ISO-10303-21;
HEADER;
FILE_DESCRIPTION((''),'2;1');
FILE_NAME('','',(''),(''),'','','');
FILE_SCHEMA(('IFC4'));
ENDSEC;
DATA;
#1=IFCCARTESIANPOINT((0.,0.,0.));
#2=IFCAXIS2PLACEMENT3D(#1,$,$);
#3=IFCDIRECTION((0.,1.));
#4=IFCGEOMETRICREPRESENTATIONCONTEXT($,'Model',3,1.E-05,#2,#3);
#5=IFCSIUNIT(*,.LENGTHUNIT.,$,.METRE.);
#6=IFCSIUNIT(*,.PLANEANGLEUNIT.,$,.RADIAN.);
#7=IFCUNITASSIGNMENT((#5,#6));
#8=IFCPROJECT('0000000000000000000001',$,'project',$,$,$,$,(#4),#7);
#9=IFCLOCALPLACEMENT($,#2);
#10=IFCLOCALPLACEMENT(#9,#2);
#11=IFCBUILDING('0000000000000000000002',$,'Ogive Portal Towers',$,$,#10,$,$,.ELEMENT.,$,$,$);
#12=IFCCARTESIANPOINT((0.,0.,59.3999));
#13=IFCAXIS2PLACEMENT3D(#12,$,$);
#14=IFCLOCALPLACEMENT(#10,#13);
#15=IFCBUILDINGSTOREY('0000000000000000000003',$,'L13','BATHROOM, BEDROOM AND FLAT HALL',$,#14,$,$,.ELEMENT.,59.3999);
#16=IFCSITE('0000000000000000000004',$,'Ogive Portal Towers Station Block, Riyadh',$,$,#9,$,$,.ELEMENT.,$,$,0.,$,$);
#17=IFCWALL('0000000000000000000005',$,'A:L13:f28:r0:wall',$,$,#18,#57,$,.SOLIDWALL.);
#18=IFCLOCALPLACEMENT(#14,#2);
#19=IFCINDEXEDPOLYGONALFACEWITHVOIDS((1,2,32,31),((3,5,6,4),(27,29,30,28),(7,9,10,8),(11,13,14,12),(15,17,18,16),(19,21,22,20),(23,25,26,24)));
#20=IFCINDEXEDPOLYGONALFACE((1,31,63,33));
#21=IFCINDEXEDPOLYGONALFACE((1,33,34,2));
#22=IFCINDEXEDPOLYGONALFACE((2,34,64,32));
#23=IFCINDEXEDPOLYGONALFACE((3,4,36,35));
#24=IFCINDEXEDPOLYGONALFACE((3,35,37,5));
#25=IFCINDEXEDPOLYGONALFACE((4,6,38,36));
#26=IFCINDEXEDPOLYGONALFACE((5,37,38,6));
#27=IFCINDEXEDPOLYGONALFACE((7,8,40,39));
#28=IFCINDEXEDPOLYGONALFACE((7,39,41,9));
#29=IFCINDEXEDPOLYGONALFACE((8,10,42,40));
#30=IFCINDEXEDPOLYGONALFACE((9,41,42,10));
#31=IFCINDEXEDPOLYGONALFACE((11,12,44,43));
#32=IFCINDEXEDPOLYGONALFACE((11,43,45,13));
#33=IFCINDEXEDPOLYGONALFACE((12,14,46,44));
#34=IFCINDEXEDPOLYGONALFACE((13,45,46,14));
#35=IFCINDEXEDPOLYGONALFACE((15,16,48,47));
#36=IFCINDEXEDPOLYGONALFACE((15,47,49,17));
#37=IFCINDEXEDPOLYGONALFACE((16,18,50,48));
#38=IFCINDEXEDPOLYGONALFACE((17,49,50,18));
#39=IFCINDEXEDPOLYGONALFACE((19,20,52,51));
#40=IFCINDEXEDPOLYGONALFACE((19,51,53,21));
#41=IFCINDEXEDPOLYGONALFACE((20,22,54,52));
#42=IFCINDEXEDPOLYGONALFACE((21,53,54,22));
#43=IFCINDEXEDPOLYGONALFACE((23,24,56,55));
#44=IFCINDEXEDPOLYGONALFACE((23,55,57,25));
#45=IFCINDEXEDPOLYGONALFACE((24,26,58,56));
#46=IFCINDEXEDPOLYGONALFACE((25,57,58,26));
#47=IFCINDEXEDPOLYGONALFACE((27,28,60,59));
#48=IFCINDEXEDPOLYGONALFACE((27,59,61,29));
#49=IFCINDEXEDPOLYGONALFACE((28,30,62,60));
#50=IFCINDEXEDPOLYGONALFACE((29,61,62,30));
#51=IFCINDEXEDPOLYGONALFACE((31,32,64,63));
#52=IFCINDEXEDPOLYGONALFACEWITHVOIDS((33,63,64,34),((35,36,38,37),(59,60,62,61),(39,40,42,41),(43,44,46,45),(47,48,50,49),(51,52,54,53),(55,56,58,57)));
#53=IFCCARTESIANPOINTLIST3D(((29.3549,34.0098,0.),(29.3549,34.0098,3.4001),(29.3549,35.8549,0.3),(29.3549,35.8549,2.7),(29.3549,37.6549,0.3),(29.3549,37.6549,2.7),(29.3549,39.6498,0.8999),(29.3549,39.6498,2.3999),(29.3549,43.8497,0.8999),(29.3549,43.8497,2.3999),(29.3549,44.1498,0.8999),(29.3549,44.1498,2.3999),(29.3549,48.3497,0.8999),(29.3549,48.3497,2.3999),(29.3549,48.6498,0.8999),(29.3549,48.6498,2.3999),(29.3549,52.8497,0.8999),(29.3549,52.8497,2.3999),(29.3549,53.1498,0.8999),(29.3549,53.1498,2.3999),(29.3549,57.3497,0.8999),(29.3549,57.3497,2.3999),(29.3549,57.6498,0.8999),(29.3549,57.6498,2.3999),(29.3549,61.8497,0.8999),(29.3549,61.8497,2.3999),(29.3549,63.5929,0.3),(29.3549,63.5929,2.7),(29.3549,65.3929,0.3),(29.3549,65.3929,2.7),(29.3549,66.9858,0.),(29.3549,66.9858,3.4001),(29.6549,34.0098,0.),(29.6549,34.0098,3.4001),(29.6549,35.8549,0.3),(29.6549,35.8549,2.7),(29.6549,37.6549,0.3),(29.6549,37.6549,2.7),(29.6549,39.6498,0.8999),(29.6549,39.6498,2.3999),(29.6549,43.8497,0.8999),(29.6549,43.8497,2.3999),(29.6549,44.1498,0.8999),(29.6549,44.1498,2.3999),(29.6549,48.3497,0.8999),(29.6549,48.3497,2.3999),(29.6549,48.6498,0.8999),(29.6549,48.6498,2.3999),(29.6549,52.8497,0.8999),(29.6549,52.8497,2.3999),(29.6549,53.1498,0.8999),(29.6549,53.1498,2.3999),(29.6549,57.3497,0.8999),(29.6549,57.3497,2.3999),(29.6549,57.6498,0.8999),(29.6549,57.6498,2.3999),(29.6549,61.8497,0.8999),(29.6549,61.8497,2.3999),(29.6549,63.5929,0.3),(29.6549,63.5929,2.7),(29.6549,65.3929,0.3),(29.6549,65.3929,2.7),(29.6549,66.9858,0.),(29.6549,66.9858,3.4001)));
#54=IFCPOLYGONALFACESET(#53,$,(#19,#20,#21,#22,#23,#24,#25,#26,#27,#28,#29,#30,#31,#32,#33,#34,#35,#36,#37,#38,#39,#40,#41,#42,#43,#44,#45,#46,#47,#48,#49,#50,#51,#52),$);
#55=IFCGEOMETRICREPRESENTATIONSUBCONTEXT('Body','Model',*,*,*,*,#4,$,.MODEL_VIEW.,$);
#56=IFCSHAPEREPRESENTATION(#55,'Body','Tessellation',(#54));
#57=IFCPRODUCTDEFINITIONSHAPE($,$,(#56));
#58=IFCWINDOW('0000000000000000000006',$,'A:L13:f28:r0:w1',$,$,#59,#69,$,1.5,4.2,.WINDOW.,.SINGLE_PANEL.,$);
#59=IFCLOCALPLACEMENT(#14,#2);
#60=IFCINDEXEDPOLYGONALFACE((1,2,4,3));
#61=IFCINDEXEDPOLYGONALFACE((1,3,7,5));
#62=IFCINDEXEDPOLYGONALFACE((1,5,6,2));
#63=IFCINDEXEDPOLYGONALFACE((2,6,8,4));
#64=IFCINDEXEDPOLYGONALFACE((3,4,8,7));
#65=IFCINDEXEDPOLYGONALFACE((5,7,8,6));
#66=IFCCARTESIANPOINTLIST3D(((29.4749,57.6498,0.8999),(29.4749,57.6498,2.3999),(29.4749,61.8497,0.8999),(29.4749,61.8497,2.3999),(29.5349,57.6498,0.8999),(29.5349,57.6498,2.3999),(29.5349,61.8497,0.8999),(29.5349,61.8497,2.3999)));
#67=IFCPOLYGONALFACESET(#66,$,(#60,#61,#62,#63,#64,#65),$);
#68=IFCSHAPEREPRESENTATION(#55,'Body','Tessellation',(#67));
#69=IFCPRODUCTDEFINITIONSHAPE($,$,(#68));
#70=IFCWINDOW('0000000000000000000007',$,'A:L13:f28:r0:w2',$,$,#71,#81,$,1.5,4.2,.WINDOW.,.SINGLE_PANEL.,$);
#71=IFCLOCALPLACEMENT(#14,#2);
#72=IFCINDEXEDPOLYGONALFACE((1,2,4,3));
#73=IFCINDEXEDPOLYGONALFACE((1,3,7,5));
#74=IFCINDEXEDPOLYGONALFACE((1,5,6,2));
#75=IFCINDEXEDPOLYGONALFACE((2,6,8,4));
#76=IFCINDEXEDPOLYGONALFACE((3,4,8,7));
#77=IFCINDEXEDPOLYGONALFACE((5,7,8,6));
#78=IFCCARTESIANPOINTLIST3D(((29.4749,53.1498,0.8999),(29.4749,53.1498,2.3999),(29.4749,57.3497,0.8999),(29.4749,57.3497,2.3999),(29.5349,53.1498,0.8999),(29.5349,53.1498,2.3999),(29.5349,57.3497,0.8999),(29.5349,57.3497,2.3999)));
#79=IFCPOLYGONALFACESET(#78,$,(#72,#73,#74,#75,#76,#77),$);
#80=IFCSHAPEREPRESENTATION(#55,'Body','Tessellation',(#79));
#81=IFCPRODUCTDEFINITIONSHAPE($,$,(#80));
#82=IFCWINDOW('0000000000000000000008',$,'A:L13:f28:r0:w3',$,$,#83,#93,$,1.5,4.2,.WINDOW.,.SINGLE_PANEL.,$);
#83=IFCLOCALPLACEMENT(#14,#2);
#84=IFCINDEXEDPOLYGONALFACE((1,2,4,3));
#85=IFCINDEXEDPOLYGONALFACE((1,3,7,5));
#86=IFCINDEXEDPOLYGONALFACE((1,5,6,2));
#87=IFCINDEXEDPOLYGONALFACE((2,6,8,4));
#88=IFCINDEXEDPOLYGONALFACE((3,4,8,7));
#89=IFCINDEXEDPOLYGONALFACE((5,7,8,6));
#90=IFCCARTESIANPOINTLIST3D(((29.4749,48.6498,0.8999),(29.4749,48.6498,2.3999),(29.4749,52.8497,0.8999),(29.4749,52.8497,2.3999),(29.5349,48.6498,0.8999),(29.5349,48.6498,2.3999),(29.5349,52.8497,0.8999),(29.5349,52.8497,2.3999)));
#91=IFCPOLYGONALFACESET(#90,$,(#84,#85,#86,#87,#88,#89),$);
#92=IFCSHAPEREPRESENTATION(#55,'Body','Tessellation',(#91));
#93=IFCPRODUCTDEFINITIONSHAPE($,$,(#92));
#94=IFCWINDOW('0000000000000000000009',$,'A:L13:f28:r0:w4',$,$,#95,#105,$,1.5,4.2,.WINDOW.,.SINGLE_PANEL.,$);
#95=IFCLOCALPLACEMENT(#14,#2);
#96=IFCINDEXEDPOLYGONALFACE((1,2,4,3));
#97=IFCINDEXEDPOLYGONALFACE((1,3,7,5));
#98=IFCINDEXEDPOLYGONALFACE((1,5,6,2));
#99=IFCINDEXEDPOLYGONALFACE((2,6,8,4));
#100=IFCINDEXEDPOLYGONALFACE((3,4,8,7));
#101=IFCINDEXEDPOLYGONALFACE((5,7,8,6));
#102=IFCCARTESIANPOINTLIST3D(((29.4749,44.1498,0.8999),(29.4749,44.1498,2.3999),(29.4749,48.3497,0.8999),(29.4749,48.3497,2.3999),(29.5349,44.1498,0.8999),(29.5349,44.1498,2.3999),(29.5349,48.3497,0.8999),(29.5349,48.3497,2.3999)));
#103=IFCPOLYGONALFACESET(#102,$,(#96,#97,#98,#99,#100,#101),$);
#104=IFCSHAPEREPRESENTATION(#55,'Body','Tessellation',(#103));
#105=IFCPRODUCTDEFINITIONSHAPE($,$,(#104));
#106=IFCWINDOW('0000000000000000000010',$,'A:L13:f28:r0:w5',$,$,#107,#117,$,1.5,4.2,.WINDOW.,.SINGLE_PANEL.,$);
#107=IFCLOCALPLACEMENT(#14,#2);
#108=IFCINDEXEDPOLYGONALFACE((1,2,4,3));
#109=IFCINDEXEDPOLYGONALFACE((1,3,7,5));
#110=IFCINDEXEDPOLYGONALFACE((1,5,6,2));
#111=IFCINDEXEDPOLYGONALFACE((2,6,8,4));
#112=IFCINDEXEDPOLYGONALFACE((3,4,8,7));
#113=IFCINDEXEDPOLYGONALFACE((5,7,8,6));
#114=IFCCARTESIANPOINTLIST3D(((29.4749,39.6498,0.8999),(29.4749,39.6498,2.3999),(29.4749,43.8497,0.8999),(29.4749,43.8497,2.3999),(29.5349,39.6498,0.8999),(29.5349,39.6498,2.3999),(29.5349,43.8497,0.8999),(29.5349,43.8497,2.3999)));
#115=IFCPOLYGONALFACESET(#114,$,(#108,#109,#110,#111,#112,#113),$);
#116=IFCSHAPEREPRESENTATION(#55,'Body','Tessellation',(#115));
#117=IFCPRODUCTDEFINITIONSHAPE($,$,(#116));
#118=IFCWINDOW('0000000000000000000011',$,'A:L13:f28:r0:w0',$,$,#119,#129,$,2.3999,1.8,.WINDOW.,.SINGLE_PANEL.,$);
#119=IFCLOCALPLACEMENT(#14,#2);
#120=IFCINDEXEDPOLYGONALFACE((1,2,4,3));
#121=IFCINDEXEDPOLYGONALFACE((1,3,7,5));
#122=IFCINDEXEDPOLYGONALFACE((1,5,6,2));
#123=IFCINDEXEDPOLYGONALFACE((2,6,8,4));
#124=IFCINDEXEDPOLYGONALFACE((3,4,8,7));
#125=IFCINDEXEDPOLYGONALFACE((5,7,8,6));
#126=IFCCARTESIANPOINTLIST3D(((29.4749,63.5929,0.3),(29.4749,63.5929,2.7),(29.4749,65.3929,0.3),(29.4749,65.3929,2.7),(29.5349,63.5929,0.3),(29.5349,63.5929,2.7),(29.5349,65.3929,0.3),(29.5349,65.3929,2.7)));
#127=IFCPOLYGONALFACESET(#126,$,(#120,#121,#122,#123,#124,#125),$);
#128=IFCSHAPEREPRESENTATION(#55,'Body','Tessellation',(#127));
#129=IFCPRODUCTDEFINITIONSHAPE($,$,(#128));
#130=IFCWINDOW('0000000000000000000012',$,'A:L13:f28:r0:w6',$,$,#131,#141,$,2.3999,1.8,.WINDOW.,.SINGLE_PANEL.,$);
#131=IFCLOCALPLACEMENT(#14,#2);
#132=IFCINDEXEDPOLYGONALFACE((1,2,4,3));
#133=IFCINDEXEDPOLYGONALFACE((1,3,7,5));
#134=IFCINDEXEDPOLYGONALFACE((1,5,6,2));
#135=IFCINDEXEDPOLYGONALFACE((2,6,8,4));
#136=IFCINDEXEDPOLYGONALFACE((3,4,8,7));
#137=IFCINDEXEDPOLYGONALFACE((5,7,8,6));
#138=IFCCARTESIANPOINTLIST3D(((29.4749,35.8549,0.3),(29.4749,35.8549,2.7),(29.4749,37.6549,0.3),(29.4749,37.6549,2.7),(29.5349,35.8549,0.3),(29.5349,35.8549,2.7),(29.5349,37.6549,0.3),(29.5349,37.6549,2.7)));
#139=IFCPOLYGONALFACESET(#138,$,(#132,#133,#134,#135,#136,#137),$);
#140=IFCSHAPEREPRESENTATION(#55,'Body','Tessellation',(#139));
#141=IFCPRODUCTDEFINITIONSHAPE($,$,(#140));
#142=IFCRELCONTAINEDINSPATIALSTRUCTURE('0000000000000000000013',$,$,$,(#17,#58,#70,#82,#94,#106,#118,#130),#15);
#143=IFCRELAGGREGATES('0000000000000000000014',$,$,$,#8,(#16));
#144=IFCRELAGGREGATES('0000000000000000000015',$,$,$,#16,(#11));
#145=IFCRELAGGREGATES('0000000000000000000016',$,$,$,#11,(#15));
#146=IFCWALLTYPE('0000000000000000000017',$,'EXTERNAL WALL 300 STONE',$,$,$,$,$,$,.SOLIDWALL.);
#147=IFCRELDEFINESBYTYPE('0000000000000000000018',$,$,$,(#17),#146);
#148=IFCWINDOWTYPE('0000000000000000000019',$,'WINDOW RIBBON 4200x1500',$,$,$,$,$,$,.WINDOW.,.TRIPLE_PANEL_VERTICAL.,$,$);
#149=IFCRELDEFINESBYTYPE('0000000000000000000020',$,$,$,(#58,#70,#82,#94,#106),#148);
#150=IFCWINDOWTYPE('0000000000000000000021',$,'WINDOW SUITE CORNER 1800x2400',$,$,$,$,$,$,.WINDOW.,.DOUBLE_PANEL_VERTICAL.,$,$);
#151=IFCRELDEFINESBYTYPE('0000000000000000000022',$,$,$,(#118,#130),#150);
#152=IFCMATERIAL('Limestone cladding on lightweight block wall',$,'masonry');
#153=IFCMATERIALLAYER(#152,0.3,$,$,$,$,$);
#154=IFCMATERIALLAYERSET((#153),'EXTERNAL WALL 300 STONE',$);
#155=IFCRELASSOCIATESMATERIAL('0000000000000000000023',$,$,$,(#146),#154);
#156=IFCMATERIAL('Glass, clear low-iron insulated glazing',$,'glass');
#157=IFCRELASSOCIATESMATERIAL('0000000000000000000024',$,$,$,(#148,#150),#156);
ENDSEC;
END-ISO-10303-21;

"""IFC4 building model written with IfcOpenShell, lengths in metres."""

from ifc_helpers import new_model, si_unit, direction, frame, frame_2d, origin, place, context, subcontext, project, spatial, rectangle, extrude, material, layer, layer_set, type_object, element, fill, save


model = new_model("IFC4")

# Units and contexts
model_context = context("Model", 3, precision=1e-05, world=origin(), true_north=direction((0.0, 1.0)))
body_context = subcontext(model_context, "Body", "Model", "MODEL_VIEW")
ifc_project = project(units=[si_unit("LENGTHUNIT", "METRE"), si_unit("PLANEANGLEUNIT", "RADIAN")], contexts=[model_context])

# Site, building, storey
site_placement = place(None, origin())
site = spatial("IfcSite", under=ifc_project, at=site_placement, Name="Ogive Portal Towers Station Block, Riyadh", CompositionType="ELEMENT", RefElevation=0.0)
building_placement = place(site_placement, origin())
building = spatial("IfcBuilding", under=site, at=building_placement, Name="Ogive Portal Towers", CompositionType="ELEMENT")
storey_placement = place(building_placement, frame((0.0, 0.0, 59.3999)))
storey = spatial("IfcBuildingStorey", under=building, at=storey_placement, Name="L13", Description="BATHROOM, BEDROOM AND FLAT HALL", CompositionType="ELEMENT", Elevation=59.3999)

# Shared definitions
ifc_material_1 = material(Name="Glass, clear low-iron insulated glazing", Category="glass")

# Wall, openings, windows
ifc_material_2 = material(Name="Limestone cladding on lightweight block wall", Category="masonry")
ifc_layer_1 = layer(ifc_material_2, 0.3)
ifc_layer_set_1 = layer_set([ifc_layer_1], Name="EXTERNAL WALL 300 STONE")
wall_type_1 = type_object("IfcWallType", Name="EXTERNAL WALL 300 STONE", PredefinedType="SOLIDWALL", material=ifc_layer_set_1)
wall_1_placement = place(storey_placement, frame((29.5049, 66.9858, 0.0), z_axis=(0.0, 0.0, 1.0), x_axis=(0.0, -1.0, 0.0)))
wall_1 = element("IfcWall", 1, at=wall_1_placement, inside=storey, type_object=wall_type_1, Name="A:L13:f28:r0:wall", PredefinedType="SOLIDWALL", context=body_context, shape_type="SweptSolid", body=[
    extrude(rectangle(XDim=32.9761, YDim=0.3, at=frame_2d((16.488, 0.0))), origin(), (0.0, 0.0, 1.0), 3.4001),
])
opening_1_placement = place(wall_1_placement, frame((1.593, 0.0, 0.3)))
opening_1 = element("IfcOpeningElement", 2, at=opening_1_placement, cuts=wall_1, PredefinedType="OPENING", context=body_context, shape_type="SweptSolid", body=[
    extrude(rectangle(XDim=1.8, YDim=2.3999, at=frame_2d((0.8999, 1.2))), frame((0.0, 0.1602, 0.0), z_axis=(0.0, -1.0, 0.0), x_axis=(1.0, 0.0, 0.0)), (0.0, 0.0, 1.0), 0.3201),
])
opening_2_placement = place(wall_1_placement, frame((5.136, 0.0, 0.8999)))
opening_2 = element("IfcOpeningElement", 3, at=opening_2_placement, cuts=wall_1, PredefinedType="OPENING", context=body_context, shape_type="SweptSolid", body=[
    extrude(rectangle(XDim=4.2, YDim=1.5, at=frame_2d((2.1001, 0.75))), frame((0.0, 0.1602, 0.0), z_axis=(0.0, -1.0, 0.0), x_axis=(1.0, 0.0, 0.0)), (0.0, 0.0, 1.0), 0.3201),
])
opening_3_placement = place(wall_1_placement, frame((9.636, 0.0, 0.8999)))
opening_3 = element("IfcOpeningElement", 4, at=opening_3_placement, cuts=wall_1, PredefinedType="OPENING", context=body_context, shape_type="SweptSolid", body=[
    extrude(rectangle(XDim=4.2, YDim=1.5, at=frame_2d((2.1001, 0.75))), frame((0.0, 0.1602, 0.0), z_axis=(0.0, -1.0, 0.0), x_axis=(1.0, 0.0, 0.0)), (0.0, 0.0, 1.0), 0.3201),
])
opening_4_placement = place(wall_1_placement, frame((14.136, 0.0, 0.8999)))
opening_4 = element("IfcOpeningElement", 5, at=opening_4_placement, cuts=wall_1, PredefinedType="OPENING", context=body_context, shape_type="SweptSolid", body=[
    extrude(rectangle(XDim=4.2, YDim=1.5, at=frame_2d((2.1001, 0.75))), frame((0.0, 0.1602, 0.0), z_axis=(0.0, -1.0, 0.0), x_axis=(1.0, 0.0, 0.0)), (0.0, 0.0, 1.0), 0.3201),
])
opening_5_placement = place(wall_1_placement, frame((18.636, 0.0, 0.8999)))
opening_5 = element("IfcOpeningElement", 6, at=opening_5_placement, cuts=wall_1, PredefinedType="OPENING", context=body_context, shape_type="SweptSolid", body=[
    extrude(rectangle(XDim=4.2, YDim=1.5, at=frame_2d((2.1001, 0.75))), frame((0.0, 0.1602, 0.0), z_axis=(0.0, -1.0, 0.0), x_axis=(1.0, 0.0, 0.0)), (0.0, 0.0, 1.0), 0.3201),
])
opening_6_placement = place(wall_1_placement, frame((23.136, 0.0, 0.8999)))
opening_6 = element("IfcOpeningElement", 7, at=opening_6_placement, cuts=wall_1, PredefinedType="OPENING", context=body_context, shape_type="SweptSolid", body=[
    extrude(rectangle(XDim=4.2, YDim=1.5, at=frame_2d((2.1001, 0.75))), frame((0.0, 0.1602, 0.0), z_axis=(0.0, -1.0, 0.0), x_axis=(1.0, 0.0, 0.0)), (0.0, 0.0, 1.0), 0.3201),
])
opening_7_placement = place(wall_1_placement, frame((29.3311, 0.0, 0.3)))
opening_7 = element("IfcOpeningElement", 8, at=opening_7_placement, cuts=wall_1, PredefinedType="OPENING", context=body_context, shape_type="SweptSolid", body=[
    extrude(rectangle(XDim=1.8, YDim=2.3999, at=frame_2d((0.8999, 1.2))), frame((0.0, 0.1602, 0.0), z_axis=(0.0, -1.0, 0.0), x_axis=(1.0, 0.0, 0.0)), (0.0, 0.0, 1.0), 0.3201),
])
window_type_1 = type_object("IfcWindowType", Name="WINDOW RIBBON 4200x1500", PartitioningType="TRIPLE_PANEL_VERTICAL", PredefinedType="WINDOW", material=ifc_material_1)
window_1_placement = place(opening_2_placement, origin())
window_1 = element("IfcWindow", 9, at=window_1_placement, inside=storey, type_object=window_type_1, Name="A:L13:f28:r0:w1", OverallHeight=1.5, OverallWidth=4.2, PartitioningType="SINGLE_PANEL", PredefinedType="WINDOW", context=body_context, shape_type="SweptSolid", body=[
    extrude(rectangle(XDim=4.2, YDim=1.5, at=frame_2d((2.1001, 0.75))), frame((0.0, 0.03, 0.0), z_axis=(0.0, -1.0, 0.0), x_axis=(1.0, 0.0, 0.0)), (0.0, 0.0, 1.0), 0.0601),
])
fill(opening_2, window_1)
window_2_placement = place(opening_3_placement, origin())
window_2 = element("IfcWindow", 10, at=window_2_placement, inside=storey, type_object=window_type_1, Name="A:L13:f28:r0:w2", OverallHeight=1.5, OverallWidth=4.2, PartitioningType="SINGLE_PANEL", PredefinedType="WINDOW", context=body_context, shape_type="SweptSolid", body=[
    extrude(rectangle(XDim=4.2, YDim=1.5, at=frame_2d((2.1001, 0.75))), frame((0.0, 0.03, 0.0), z_axis=(0.0, -1.0, 0.0), x_axis=(1.0, 0.0, 0.0)), (0.0, 0.0, 1.0), 0.0601),
])
fill(opening_3, window_2)
window_3_placement = place(opening_4_placement, origin())
window_3 = element("IfcWindow", 11, at=window_3_placement, inside=storey, type_object=window_type_1, Name="A:L13:f28:r0:w3", OverallHeight=1.5, OverallWidth=4.2, PartitioningType="SINGLE_PANEL", PredefinedType="WINDOW", context=body_context, shape_type="SweptSolid", body=[
    extrude(rectangle(XDim=4.2, YDim=1.5, at=frame_2d((2.1001, 0.75))), frame((0.0, 0.03, 0.0), z_axis=(0.0, -1.0, 0.0), x_axis=(1.0, 0.0, 0.0)), (0.0, 0.0, 1.0), 0.0601),
])
fill(opening_4, window_3)
window_4_placement = place(opening_5_placement, origin())
window_4 = element("IfcWindow", 12, at=window_4_placement, inside=storey, type_object=window_type_1, Name="A:L13:f28:r0:w4", OverallHeight=1.5, OverallWidth=4.2, PartitioningType="SINGLE_PANEL", PredefinedType="WINDOW", context=body_context, shape_type="SweptSolid", body=[
    extrude(rectangle(XDim=4.2, YDim=1.5, at=frame_2d((2.1001, 0.75))), frame((0.0, 0.03, 0.0), z_axis=(0.0, -1.0, 0.0), x_axis=(1.0, 0.0, 0.0)), (0.0, 0.0, 1.0), 0.0601),
])
fill(opening_5, window_4)
window_5_placement = place(opening_6_placement, origin())
window_5 = element("IfcWindow", 13, at=window_5_placement, inside=storey, type_object=window_type_1, Name="A:L13:f28:r0:w5", OverallHeight=1.5, OverallWidth=4.2, PartitioningType="SINGLE_PANEL", PredefinedType="WINDOW", context=body_context, shape_type="SweptSolid", body=[
    extrude(rectangle(XDim=4.2, YDim=1.5, at=frame_2d((2.1001, 0.75))), frame((0.0, 0.03, 0.0), z_axis=(0.0, -1.0, 0.0), x_axis=(1.0, 0.0, 0.0)), (0.0, 0.0, 1.0), 0.0601),
])
fill(opening_6, window_5)
window_type_2 = type_object("IfcWindowType", Name="WINDOW SUITE CORNER 1800x2400", PartitioningType="DOUBLE_PANEL_VERTICAL", PredefinedType="WINDOW", material=ifc_material_1)
window_6_placement = place(opening_1_placement, origin())
window_6 = element("IfcWindow", 14, at=window_6_placement, inside=storey, type_object=window_type_2, Name="A:L13:f28:r0:w0", OverallHeight=2.3999, OverallWidth=1.8, PartitioningType="SINGLE_PANEL", PredefinedType="WINDOW", context=body_context, shape_type="SweptSolid", body=[
    extrude(rectangle(XDim=1.8, YDim=2.3999, at=frame_2d((0.8999, 1.2))), frame((0.0, 0.03, 0.0), z_axis=(0.0, -1.0, 0.0), x_axis=(1.0, 0.0, 0.0)), (0.0, 0.0, 1.0), 0.0601),
])
fill(opening_1, window_6)
window_7_placement = place(opening_7_placement, origin())
window_7 = element("IfcWindow", 15, at=window_7_placement, inside=storey, type_object=window_type_2, Name="A:L13:f28:r0:w6", OverallHeight=2.3999, OverallWidth=1.8, PartitioningType="SINGLE_PANEL", PredefinedType="WINDOW", context=body_context, shape_type="SweptSolid", body=[
    extrude(rectangle(XDim=1.8, YDim=2.3999, at=frame_2d((0.8999, 1.2))), frame((0.0, 0.03, 0.0), z_axis=(0.0, -1.0, 0.0), x_axis=(1.0, 0.0, 0.0)), (0.0, 0.0, 1.0), 0.0601),
])
fill(opening_7, window_7)

save(model, "model.ifc")
